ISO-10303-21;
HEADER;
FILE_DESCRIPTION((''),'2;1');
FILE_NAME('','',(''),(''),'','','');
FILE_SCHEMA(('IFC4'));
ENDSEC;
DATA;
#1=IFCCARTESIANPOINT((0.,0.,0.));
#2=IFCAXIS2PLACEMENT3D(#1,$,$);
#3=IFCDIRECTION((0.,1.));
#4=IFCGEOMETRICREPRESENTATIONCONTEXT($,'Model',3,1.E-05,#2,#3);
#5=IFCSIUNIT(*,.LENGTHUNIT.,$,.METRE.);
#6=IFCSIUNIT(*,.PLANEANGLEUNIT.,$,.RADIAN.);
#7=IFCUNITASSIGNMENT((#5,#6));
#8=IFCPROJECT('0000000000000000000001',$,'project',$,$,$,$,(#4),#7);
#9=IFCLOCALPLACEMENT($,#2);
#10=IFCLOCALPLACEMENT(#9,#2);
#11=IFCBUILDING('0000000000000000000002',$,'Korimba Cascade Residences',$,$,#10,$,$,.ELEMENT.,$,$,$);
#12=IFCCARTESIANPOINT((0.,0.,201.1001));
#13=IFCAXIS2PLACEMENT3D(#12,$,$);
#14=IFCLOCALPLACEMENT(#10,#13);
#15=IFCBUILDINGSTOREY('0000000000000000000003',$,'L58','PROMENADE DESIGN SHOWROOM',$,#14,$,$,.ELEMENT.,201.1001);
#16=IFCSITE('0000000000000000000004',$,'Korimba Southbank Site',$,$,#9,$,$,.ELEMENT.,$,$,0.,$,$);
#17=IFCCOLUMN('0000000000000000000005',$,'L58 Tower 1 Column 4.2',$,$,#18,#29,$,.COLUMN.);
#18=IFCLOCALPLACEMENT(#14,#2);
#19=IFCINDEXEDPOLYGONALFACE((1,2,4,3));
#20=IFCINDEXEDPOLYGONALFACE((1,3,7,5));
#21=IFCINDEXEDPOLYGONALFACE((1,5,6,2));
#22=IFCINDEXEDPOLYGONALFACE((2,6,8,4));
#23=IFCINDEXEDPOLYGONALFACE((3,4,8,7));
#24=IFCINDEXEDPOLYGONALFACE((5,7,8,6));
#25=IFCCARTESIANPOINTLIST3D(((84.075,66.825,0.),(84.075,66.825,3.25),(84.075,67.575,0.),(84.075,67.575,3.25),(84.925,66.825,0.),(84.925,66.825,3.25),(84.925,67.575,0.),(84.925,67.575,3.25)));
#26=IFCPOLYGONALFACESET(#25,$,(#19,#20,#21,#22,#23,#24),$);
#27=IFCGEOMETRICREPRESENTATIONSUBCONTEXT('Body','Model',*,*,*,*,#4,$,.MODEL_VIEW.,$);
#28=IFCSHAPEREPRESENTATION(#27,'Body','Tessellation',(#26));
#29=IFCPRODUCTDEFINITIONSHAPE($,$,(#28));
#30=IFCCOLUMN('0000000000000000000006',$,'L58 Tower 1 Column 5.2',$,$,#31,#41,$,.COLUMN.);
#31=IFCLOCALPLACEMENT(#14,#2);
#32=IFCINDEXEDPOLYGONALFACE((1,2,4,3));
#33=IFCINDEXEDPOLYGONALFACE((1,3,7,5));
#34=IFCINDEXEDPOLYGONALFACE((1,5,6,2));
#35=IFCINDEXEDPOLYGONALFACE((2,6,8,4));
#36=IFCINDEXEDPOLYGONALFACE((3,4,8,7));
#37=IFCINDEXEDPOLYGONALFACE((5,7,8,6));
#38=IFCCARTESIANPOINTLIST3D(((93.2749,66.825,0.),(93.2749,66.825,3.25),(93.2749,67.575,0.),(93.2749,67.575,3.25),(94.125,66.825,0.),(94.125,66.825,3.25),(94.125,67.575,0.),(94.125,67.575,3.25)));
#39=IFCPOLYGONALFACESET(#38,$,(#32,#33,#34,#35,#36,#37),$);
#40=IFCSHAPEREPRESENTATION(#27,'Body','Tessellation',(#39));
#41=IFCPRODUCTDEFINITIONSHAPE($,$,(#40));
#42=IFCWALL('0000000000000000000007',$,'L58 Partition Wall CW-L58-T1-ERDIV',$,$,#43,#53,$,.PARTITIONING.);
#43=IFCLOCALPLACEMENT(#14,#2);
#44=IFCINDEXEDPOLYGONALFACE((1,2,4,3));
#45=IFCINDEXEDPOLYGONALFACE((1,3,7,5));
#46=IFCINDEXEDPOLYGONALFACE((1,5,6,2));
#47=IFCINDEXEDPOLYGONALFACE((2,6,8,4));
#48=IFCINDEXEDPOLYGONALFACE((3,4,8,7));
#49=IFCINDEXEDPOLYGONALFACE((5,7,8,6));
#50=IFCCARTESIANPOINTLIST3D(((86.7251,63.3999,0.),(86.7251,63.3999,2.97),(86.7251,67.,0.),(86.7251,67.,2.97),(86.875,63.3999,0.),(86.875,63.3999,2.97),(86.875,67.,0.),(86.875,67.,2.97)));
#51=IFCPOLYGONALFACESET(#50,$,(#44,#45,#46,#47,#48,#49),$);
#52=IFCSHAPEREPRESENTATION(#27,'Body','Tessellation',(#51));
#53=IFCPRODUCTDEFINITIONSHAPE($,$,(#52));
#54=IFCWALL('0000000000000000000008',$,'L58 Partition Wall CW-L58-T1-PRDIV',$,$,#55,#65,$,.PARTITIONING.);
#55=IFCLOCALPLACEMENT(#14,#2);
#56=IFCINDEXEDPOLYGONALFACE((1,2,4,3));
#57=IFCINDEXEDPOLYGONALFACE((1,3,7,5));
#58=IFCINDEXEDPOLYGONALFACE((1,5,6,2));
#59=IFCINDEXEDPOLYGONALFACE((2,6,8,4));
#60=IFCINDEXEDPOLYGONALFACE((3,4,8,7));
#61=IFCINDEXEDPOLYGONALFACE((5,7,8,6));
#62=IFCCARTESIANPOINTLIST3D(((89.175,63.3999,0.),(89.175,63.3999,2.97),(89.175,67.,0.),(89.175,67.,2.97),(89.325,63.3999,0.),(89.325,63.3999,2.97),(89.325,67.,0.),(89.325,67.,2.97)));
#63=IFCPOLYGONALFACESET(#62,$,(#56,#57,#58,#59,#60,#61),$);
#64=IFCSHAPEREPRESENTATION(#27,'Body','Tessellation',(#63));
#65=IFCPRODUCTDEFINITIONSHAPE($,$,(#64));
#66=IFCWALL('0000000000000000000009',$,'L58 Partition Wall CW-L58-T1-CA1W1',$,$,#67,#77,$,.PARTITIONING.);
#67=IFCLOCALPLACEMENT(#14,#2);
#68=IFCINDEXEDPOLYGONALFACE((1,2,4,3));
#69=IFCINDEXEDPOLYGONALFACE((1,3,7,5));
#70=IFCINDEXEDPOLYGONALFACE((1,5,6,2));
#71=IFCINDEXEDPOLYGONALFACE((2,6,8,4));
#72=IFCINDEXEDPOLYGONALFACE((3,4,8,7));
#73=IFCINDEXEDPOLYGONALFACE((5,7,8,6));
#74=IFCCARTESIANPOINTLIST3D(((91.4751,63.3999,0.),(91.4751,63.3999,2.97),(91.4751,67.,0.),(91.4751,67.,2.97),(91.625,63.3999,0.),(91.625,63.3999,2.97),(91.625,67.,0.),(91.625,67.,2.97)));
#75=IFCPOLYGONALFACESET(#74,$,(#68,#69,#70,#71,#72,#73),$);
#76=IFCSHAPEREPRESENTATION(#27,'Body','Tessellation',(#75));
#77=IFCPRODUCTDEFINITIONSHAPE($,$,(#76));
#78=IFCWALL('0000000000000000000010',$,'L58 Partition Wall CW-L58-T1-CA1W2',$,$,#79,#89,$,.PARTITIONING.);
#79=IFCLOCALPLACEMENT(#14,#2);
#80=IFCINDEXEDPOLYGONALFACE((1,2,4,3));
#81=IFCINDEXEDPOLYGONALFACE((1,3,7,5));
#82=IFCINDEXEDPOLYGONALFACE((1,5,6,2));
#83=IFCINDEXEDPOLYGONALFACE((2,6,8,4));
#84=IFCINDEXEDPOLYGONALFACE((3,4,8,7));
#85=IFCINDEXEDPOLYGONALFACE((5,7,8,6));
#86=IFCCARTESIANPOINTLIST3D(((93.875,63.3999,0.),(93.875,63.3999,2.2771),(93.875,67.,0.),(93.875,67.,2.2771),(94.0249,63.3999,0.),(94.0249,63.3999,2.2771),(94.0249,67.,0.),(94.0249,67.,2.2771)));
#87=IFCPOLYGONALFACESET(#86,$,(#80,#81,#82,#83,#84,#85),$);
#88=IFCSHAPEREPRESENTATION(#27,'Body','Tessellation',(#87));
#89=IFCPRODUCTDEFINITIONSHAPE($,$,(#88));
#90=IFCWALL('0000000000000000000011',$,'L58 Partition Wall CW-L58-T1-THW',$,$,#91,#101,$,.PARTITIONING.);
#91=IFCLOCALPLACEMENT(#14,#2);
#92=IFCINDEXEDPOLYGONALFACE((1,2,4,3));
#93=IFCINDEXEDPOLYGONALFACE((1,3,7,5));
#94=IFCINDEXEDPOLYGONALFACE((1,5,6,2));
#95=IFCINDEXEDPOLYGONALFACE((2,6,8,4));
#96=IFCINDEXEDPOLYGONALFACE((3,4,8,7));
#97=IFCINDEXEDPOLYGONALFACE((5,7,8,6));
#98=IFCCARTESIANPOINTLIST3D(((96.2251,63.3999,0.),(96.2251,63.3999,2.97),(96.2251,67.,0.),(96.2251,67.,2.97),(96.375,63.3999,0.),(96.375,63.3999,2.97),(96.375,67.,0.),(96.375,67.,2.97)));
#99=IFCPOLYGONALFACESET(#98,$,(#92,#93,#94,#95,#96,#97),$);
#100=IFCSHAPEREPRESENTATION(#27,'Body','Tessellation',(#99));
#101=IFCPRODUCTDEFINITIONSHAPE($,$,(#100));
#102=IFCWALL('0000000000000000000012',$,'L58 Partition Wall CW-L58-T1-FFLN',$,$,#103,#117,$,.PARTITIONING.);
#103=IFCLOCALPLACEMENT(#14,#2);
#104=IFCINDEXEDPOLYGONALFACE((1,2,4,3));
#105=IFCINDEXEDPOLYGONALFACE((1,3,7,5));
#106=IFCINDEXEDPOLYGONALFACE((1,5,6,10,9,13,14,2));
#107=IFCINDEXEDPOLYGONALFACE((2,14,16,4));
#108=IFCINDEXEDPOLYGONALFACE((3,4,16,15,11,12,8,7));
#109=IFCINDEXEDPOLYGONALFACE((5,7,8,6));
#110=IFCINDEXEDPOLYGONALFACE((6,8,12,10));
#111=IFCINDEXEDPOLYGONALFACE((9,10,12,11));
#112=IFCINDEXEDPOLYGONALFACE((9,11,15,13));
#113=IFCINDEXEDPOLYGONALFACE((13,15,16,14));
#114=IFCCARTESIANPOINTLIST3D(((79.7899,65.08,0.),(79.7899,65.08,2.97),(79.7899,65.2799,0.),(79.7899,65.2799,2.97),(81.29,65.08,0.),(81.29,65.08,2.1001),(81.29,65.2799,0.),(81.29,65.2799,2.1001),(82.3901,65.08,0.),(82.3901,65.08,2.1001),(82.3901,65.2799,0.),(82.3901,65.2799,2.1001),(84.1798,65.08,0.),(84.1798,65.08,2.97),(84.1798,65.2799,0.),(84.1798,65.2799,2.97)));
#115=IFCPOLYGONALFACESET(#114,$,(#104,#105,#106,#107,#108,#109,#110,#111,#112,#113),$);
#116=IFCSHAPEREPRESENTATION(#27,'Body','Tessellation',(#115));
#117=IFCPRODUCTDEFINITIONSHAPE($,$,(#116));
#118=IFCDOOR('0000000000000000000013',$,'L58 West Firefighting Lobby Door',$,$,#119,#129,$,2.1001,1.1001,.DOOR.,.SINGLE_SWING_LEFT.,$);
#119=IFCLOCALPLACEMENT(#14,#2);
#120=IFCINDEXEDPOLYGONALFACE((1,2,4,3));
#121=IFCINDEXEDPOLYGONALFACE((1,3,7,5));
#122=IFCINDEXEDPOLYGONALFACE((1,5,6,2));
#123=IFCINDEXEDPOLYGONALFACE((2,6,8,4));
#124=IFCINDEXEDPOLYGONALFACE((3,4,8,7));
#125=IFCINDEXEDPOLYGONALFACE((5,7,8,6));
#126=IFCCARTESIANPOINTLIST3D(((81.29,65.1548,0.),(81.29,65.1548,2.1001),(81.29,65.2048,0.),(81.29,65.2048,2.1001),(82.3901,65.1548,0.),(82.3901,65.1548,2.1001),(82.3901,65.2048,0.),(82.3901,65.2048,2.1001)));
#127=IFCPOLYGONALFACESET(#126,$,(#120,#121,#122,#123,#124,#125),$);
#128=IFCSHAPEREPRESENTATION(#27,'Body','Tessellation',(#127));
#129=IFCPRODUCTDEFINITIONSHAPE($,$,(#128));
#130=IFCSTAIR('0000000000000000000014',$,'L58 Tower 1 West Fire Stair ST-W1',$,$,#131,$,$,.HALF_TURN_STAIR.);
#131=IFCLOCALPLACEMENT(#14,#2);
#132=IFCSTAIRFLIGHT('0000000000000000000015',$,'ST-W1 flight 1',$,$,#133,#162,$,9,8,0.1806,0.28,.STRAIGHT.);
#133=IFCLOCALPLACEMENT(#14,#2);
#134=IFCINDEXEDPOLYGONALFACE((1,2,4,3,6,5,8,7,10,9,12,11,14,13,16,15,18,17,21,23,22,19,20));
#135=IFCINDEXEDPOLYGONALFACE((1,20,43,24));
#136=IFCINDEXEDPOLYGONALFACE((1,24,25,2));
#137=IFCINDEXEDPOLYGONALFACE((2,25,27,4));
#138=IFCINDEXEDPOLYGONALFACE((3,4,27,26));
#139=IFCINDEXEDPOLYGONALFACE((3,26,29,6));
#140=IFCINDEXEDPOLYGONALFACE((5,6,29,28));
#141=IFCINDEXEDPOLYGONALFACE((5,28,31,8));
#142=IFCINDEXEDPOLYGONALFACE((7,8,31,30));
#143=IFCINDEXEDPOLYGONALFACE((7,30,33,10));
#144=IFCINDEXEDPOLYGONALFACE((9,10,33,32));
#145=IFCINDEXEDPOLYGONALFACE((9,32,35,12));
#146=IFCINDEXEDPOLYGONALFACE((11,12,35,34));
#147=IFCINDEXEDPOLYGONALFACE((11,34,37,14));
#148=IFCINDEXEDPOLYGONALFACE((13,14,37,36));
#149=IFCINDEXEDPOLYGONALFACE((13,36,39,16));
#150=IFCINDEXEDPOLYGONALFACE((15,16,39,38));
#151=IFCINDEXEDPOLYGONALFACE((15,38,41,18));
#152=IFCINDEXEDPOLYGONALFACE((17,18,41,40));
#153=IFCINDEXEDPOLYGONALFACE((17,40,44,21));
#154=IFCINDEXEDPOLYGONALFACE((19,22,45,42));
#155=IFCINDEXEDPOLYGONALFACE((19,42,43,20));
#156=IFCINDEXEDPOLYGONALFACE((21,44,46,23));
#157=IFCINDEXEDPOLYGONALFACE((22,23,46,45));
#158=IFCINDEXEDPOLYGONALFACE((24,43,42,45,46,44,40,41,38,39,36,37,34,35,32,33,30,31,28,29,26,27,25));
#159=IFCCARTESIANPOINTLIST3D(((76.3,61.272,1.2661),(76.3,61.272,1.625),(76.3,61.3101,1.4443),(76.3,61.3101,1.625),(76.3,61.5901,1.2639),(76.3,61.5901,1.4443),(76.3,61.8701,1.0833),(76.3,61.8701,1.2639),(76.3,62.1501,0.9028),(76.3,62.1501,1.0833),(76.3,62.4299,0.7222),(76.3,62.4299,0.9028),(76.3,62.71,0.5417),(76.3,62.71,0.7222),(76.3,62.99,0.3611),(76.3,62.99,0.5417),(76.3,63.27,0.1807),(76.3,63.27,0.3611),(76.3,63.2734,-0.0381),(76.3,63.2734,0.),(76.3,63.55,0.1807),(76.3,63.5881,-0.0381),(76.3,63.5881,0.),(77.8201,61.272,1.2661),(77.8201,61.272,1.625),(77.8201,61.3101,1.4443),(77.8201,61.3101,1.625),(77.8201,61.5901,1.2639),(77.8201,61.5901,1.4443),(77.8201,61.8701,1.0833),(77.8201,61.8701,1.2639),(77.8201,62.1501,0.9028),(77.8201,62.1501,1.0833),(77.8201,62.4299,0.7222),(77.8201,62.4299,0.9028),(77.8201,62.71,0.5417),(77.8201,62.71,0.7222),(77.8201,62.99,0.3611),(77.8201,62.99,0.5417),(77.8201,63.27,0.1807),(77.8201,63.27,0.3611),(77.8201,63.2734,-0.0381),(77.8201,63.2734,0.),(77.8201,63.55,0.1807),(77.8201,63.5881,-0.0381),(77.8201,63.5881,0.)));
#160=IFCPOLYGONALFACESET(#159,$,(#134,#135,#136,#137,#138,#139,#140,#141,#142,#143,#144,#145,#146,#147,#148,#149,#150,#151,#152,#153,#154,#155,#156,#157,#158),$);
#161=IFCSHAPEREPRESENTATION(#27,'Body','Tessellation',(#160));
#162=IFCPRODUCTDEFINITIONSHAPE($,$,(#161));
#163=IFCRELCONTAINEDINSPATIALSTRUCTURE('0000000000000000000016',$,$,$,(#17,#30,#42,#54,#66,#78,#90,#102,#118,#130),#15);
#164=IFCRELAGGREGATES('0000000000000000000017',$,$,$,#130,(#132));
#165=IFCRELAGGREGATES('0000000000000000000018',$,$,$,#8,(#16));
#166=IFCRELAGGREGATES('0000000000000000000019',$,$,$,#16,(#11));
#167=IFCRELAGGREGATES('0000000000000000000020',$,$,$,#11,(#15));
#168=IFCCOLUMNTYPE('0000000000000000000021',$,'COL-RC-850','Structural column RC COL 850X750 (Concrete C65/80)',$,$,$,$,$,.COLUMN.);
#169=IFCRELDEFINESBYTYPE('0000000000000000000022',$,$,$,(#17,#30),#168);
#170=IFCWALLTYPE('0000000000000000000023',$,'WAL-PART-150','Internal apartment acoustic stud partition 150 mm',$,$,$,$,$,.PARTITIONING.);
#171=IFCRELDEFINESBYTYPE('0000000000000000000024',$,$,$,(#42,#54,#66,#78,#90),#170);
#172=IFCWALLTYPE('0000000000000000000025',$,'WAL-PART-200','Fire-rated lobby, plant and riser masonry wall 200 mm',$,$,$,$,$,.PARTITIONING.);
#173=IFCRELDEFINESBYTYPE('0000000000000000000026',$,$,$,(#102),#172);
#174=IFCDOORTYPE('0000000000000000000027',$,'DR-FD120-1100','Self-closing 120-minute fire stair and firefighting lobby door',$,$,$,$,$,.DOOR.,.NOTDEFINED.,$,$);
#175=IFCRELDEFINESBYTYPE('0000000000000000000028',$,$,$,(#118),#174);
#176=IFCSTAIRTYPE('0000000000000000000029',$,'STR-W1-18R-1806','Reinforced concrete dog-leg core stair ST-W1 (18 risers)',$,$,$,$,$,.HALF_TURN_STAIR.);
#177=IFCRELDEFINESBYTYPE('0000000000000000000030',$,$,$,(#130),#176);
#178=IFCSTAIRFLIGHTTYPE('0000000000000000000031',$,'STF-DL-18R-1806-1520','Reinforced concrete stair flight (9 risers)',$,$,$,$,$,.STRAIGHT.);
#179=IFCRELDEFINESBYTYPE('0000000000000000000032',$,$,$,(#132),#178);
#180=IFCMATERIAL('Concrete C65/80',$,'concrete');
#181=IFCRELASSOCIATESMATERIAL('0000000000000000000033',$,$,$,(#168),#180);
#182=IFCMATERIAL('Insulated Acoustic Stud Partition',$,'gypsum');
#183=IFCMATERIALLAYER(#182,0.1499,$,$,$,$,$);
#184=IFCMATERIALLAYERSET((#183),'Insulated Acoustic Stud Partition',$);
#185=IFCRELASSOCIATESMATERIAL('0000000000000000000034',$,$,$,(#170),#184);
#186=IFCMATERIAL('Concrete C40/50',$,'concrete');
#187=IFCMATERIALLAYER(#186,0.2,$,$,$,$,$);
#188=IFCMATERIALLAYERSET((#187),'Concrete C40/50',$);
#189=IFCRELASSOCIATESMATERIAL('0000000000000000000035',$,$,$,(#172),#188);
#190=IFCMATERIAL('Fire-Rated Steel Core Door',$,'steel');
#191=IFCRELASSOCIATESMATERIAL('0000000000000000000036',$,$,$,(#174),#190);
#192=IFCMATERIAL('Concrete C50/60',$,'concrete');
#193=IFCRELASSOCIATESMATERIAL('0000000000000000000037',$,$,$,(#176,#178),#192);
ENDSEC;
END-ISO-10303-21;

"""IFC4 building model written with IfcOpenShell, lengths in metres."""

from ifc_helpers import new_model, si_unit, direction, frame, frame_2d, origin, origin_2d, place, context, subcontext, project, spatial, polyline, rectangle, outline, extrude, material, layer, layer_set, material_profile, profile_set, type_object, element, fill, aggregate, save


model = new_model("IFC4")

# Units and contexts
model_context = context("Model", 3, precision=1e-05, world=origin(), true_north=direction((0.0, 1.0)))
body_context = subcontext(model_context, "Body", "Model", "MODEL_VIEW")
ifc_project = project(units=[si_unit("LENGTHUNIT", "METRE"), si_unit("PLANEANGLEUNIT", "RADIAN")], contexts=[model_context])

# Site, building, storey
site_placement = place(None, origin())
site = spatial("IfcSite", under=ifc_project, at=site_placement, Name="Korimba Southbank Site", CompositionType="ELEMENT", RefElevation=0.0)
building_placement = place(site_placement, origin())
building = spatial("IfcBuilding", under=site, at=building_placement, Name="Korimba Cascade Residences", CompositionType="ELEMENT")
storey_placement = place(building_placement, frame((0.0, 0.0, 201.1001)))
storey = spatial("IfcBuildingStorey", under=building, at=storey_placement, Name="L58", Description="PROMENADE DESIGN SHOWROOM", CompositionType="ELEMENT", Elevation=201.1001)

# Columns
ifc_material_1 = material(Name="Concrete C65/80", Category="concrete")
ifc_material_profile = material_profile(ifc_material_1, rectangle(XDim=0.8501, YDim=0.75, at=origin_2d()), Name="Concrete C65/80")
ifc_profile_set = profile_set([ifc_material_profile], Name="Concrete C65/80")
column_type = type_object("IfcColumnType", Name="COL-RC-850", Description="Structural column RC COL 850X750 (Concrete C65/80)", PredefinedType="COLUMN", material=ifc_profile_set)
for number, where, z_axis, x_axis, name in (
    (1, (84.5, 67.2, 0.0), (0.0, 0.0, 1.0), (1.0, 0.0, 0.0), "L58 Tower 1 Column 4.2"),
    (2, (93.7, 67.2, 0.0), (0.0, 0.0, 1.0), (1.0, 0.0, 0.0), "L58 Tower 1 Column 5.2"),
):
    element("IfcColumn", number, at=place(storey_placement, frame(where, z_axis=z_axis, x_axis=x_axis)), inside=storey, type_object=column_type, Name=name, PredefinedType="COLUMN", context=body_context, shape_type="SweptSolid", body=[
        extrude(rectangle(XDim=0.8501, YDim=0.75, at=origin_2d()), origin(), (0.0, 0.0, 1.0), 3.25),
    ])

# Walls
ifc_material_2 = material(Name="Insulated Acoustic Stud Partition", Category="gypsum")
ifc_layer_1 = layer(ifc_material_2, 0.1499)
ifc_layer_set_1 = layer_set([ifc_layer_1], Name="Insulated Acoustic Stud Partition")
wall_type_1 = type_object("IfcWallType", Name="WAL-PART-150", Description="Internal apartment acoustic stud partition 150 mm", PredefinedType="PARTITIONING", material=ifc_layer_set_1)
for number, where, z_axis, x_axis, name in (
    (3, (86.8, 63.3999, 0.0), (0.0, 0.0, 1.0), (0.0, 1.0, 0.0), "L58 Partition Wall CW-L58-T1-ERDIV"),
    (4, (89.25, 63.3999, 0.0), (0.0, 0.0, 1.0), (0.0, 1.0, 0.0), "L58 Partition Wall CW-L58-T1-PRDIV"),
    (5, (91.55, 63.3999, 0.0), (0.0, 0.0, 1.0), (0.0, 1.0, 0.0), "L58 Partition Wall CW-L58-T1-CA1W1"),
):
    element("IfcWall", number, at=place(storey_placement, frame(where, z_axis=z_axis, x_axis=x_axis)), inside=storey, type_object=wall_type_1, Name=name, PredefinedType="PARTITIONING", context=body_context, shape_type="SweptSolid", body=[
        extrude(rectangle(XDim=3.6001, YDim=0.1499, at=frame_2d((1.8, 0.0))), origin(), (0.0, 0.0, 1.0), 2.97),
    ])
wall_1_placement = place(storey_placement, frame((93.95, 63.3999, 0.0), z_axis=(0.0, 0.0, 1.0), x_axis=(0.0, 1.0, 0.0)))
element("IfcWall", 6, at=wall_1_placement, inside=storey, type_object=wall_type_1, Name="L58 Partition Wall CW-L58-T1-CA1W2", PredefinedType="PARTITIONING", context=body_context, shape_type="SweptSolid", body=[
    extrude(rectangle(XDim=3.6001, YDim=0.1499, at=frame_2d((1.8, 0.0))), origin(), (0.0, 0.0, 1.0), 2.2771),
])
wall_2_placement = place(storey_placement, frame((96.3, 63.3999, 0.0), z_axis=(0.0, 0.0, 1.0), x_axis=(0.0, 1.0, 0.0)))
element("IfcWall", 7, at=wall_2_placement, inside=storey, type_object=wall_type_1, Name="L58 Partition Wall CW-L58-T1-THW", PredefinedType="PARTITIONING", context=body_context, shape_type="SweptSolid", body=[
    extrude(rectangle(XDim=3.6001, YDim=0.1499, at=frame_2d((1.8, 0.0))), origin(), (0.0, 0.0, 1.0), 2.97),
])

# Wall, opening, door
ifc_material_3 = material(Name="Concrete C40/50", Category="concrete")
ifc_layer_2 = layer(ifc_material_3, 0.2)
ifc_layer_set_2 = layer_set([ifc_layer_2], Name="Concrete C40/50")
wall_type_2 = type_object("IfcWallType", Name="WAL-PART-200", Description="Fire-rated lobby, plant and riser masonry wall 200 mm", PredefinedType="PARTITIONING", material=ifc_layer_set_2)
wall_3_placement = place(storey_placement, frame((79.79, 65.1799, 0.0), z_axis=(0.0, 0.0, 1.0), x_axis=(1.0, 0.0, 0.0)))
wall_3 = element("IfcWall", 8, at=wall_3_placement, inside=storey, type_object=wall_type_2, Name="L58 Partition Wall CW-L58-T1-FFLN", PredefinedType="PARTITIONING", context=body_context, shape_type="SweptSolid", body=[
    extrude(rectangle(XDim=4.3899, YDim=0.2, at=frame_2d((2.1948, 0.0))), origin(), (0.0, 0.0, 1.0), 2.97),
])
opening_1_placement = place(wall_3_placement, frame((1.5, 0.0, 0.0)))
opening_1 = element("IfcOpeningElement", 9, at=opening_1_placement, cuts=wall_3, PredefinedType="OPENING", context=body_context, shape_type="SweptSolid", body=[
    extrude(rectangle(XDim=1.1001, YDim=2.1001, at=frame_2d((0.55, 1.05))), frame((0.0, 0.1099, 0.0), z_axis=(0.0, -1.0, 0.0), x_axis=(1.0, 0.0, 0.0)), (0.0, 0.0, 1.0), 0.22),
])
ifc_material_4 = material(Name="Fire-Rated Steel Core Door", Category="steel")
door_type_1 = type_object("IfcDoorType", Name="DR-FD120-1100", Description="Self-closing 120-minute fire stair and firefighting lobby door", OperationType="NOTDEFINED", PredefinedType="DOOR", material=ifc_material_4)
door_1_placement = place(opening_1_placement, origin())
door_1 = element("IfcDoor", 10, at=door_1_placement, inside=storey, type_object=door_type_1, Name="L58 West Firefighting Lobby Door", OperationType="SINGLE_SWING_LEFT", OverallHeight=2.1001, OverallWidth=1.1001, PredefinedType="DOOR", context=body_context, shape_type="SweptSolid", body=[
    extrude(rectangle(XDim=1.1001, YDim=2.1001, at=frame_2d((0.55, 1.05))), frame((0.0, 0.0249, 0.0), z_axis=(0.0, -1.0, 0.0), x_axis=(1.0, 0.0, 0.0)), (0.0, 0.0, 1.0), 0.05),
])
fill(opening_1, door_1)

# Stair, stair flight
ifc_material_5 = material(Name="Concrete C50/60", Category="concrete")
stair_type = type_object("IfcStairType", Name="STR-W1-18R-1806", Description="Reinforced concrete dog-leg core stair ST-W1 (18 risers)", PredefinedType="HALF_TURN_STAIR", material=ifc_material_5)
stair_placement = place(storey_placement, origin())
stair = element("IfcStair", 11, at=stair_placement, inside=storey, type_object=stair_type, Name="L58 Tower 1 West Fire Stair ST-W1", PredefinedType="HALF_TURN_STAIR")
stair_flight_type = type_object("IfcStairFlightType", Name="STF-DL-18R-1806-1520", Description="Reinforced concrete stair flight (9 risers)", PredefinedType="STRAIGHT", material=ifc_material_5)
stair_flight_1_placement = place(storey_placement, frame((77.0601, 63.55, 0.0), z_axis=(0.0, 0.0, 1.0), x_axis=(0.0, -1.0, 0.0)))
stair_flight_1 = element("IfcStairFlight", 12, at=stair_flight_1_placement, type_object=stair_flight_type, Name="ST-W1 flight 1", NumberOfRisers=9, NumberOfTreads=8, PredefinedType="STRAIGHT", RiserHeight=0.1806, TreadLength=0.28, context=body_context, shape_type="SweptSolid", body=[
    extrude(outline(polyline([(-0.0381, 0.0), (0.0, 0.1807), (0.28, 0.1807), (0.28, 0.3611), (0.5601, 0.3611), (0.5601, 0.5417), (0.8401, 0.5417), (0.8401, 0.7222), (1.1201, 0.7222), (1.1201, 0.9028), (1.3999, 0.9028), (1.3999, 1.0833), (1.6799, 1.0833), (1.6799, 1.2639), (1.96, 1.2639), (1.96, 1.4443), (2.24, 1.4443), (2.24, 1.625), (2.2781, 1.625), (2.2781, 1.2661), (0.2766, 0.0), (0.2766, -0.0381), (-0.0381, -0.0381), (-0.0381, 0.0)])), frame((0.0, 0.76, 0.0), z_axis=(0.0, -1.0, 0.0), x_axis=(1.0, 0.0, 0.0)), (0.0, 0.0, 1.0), 1.52),
])
aggregate(stair, [stair_flight_1])

save(model, "model.ifc")
